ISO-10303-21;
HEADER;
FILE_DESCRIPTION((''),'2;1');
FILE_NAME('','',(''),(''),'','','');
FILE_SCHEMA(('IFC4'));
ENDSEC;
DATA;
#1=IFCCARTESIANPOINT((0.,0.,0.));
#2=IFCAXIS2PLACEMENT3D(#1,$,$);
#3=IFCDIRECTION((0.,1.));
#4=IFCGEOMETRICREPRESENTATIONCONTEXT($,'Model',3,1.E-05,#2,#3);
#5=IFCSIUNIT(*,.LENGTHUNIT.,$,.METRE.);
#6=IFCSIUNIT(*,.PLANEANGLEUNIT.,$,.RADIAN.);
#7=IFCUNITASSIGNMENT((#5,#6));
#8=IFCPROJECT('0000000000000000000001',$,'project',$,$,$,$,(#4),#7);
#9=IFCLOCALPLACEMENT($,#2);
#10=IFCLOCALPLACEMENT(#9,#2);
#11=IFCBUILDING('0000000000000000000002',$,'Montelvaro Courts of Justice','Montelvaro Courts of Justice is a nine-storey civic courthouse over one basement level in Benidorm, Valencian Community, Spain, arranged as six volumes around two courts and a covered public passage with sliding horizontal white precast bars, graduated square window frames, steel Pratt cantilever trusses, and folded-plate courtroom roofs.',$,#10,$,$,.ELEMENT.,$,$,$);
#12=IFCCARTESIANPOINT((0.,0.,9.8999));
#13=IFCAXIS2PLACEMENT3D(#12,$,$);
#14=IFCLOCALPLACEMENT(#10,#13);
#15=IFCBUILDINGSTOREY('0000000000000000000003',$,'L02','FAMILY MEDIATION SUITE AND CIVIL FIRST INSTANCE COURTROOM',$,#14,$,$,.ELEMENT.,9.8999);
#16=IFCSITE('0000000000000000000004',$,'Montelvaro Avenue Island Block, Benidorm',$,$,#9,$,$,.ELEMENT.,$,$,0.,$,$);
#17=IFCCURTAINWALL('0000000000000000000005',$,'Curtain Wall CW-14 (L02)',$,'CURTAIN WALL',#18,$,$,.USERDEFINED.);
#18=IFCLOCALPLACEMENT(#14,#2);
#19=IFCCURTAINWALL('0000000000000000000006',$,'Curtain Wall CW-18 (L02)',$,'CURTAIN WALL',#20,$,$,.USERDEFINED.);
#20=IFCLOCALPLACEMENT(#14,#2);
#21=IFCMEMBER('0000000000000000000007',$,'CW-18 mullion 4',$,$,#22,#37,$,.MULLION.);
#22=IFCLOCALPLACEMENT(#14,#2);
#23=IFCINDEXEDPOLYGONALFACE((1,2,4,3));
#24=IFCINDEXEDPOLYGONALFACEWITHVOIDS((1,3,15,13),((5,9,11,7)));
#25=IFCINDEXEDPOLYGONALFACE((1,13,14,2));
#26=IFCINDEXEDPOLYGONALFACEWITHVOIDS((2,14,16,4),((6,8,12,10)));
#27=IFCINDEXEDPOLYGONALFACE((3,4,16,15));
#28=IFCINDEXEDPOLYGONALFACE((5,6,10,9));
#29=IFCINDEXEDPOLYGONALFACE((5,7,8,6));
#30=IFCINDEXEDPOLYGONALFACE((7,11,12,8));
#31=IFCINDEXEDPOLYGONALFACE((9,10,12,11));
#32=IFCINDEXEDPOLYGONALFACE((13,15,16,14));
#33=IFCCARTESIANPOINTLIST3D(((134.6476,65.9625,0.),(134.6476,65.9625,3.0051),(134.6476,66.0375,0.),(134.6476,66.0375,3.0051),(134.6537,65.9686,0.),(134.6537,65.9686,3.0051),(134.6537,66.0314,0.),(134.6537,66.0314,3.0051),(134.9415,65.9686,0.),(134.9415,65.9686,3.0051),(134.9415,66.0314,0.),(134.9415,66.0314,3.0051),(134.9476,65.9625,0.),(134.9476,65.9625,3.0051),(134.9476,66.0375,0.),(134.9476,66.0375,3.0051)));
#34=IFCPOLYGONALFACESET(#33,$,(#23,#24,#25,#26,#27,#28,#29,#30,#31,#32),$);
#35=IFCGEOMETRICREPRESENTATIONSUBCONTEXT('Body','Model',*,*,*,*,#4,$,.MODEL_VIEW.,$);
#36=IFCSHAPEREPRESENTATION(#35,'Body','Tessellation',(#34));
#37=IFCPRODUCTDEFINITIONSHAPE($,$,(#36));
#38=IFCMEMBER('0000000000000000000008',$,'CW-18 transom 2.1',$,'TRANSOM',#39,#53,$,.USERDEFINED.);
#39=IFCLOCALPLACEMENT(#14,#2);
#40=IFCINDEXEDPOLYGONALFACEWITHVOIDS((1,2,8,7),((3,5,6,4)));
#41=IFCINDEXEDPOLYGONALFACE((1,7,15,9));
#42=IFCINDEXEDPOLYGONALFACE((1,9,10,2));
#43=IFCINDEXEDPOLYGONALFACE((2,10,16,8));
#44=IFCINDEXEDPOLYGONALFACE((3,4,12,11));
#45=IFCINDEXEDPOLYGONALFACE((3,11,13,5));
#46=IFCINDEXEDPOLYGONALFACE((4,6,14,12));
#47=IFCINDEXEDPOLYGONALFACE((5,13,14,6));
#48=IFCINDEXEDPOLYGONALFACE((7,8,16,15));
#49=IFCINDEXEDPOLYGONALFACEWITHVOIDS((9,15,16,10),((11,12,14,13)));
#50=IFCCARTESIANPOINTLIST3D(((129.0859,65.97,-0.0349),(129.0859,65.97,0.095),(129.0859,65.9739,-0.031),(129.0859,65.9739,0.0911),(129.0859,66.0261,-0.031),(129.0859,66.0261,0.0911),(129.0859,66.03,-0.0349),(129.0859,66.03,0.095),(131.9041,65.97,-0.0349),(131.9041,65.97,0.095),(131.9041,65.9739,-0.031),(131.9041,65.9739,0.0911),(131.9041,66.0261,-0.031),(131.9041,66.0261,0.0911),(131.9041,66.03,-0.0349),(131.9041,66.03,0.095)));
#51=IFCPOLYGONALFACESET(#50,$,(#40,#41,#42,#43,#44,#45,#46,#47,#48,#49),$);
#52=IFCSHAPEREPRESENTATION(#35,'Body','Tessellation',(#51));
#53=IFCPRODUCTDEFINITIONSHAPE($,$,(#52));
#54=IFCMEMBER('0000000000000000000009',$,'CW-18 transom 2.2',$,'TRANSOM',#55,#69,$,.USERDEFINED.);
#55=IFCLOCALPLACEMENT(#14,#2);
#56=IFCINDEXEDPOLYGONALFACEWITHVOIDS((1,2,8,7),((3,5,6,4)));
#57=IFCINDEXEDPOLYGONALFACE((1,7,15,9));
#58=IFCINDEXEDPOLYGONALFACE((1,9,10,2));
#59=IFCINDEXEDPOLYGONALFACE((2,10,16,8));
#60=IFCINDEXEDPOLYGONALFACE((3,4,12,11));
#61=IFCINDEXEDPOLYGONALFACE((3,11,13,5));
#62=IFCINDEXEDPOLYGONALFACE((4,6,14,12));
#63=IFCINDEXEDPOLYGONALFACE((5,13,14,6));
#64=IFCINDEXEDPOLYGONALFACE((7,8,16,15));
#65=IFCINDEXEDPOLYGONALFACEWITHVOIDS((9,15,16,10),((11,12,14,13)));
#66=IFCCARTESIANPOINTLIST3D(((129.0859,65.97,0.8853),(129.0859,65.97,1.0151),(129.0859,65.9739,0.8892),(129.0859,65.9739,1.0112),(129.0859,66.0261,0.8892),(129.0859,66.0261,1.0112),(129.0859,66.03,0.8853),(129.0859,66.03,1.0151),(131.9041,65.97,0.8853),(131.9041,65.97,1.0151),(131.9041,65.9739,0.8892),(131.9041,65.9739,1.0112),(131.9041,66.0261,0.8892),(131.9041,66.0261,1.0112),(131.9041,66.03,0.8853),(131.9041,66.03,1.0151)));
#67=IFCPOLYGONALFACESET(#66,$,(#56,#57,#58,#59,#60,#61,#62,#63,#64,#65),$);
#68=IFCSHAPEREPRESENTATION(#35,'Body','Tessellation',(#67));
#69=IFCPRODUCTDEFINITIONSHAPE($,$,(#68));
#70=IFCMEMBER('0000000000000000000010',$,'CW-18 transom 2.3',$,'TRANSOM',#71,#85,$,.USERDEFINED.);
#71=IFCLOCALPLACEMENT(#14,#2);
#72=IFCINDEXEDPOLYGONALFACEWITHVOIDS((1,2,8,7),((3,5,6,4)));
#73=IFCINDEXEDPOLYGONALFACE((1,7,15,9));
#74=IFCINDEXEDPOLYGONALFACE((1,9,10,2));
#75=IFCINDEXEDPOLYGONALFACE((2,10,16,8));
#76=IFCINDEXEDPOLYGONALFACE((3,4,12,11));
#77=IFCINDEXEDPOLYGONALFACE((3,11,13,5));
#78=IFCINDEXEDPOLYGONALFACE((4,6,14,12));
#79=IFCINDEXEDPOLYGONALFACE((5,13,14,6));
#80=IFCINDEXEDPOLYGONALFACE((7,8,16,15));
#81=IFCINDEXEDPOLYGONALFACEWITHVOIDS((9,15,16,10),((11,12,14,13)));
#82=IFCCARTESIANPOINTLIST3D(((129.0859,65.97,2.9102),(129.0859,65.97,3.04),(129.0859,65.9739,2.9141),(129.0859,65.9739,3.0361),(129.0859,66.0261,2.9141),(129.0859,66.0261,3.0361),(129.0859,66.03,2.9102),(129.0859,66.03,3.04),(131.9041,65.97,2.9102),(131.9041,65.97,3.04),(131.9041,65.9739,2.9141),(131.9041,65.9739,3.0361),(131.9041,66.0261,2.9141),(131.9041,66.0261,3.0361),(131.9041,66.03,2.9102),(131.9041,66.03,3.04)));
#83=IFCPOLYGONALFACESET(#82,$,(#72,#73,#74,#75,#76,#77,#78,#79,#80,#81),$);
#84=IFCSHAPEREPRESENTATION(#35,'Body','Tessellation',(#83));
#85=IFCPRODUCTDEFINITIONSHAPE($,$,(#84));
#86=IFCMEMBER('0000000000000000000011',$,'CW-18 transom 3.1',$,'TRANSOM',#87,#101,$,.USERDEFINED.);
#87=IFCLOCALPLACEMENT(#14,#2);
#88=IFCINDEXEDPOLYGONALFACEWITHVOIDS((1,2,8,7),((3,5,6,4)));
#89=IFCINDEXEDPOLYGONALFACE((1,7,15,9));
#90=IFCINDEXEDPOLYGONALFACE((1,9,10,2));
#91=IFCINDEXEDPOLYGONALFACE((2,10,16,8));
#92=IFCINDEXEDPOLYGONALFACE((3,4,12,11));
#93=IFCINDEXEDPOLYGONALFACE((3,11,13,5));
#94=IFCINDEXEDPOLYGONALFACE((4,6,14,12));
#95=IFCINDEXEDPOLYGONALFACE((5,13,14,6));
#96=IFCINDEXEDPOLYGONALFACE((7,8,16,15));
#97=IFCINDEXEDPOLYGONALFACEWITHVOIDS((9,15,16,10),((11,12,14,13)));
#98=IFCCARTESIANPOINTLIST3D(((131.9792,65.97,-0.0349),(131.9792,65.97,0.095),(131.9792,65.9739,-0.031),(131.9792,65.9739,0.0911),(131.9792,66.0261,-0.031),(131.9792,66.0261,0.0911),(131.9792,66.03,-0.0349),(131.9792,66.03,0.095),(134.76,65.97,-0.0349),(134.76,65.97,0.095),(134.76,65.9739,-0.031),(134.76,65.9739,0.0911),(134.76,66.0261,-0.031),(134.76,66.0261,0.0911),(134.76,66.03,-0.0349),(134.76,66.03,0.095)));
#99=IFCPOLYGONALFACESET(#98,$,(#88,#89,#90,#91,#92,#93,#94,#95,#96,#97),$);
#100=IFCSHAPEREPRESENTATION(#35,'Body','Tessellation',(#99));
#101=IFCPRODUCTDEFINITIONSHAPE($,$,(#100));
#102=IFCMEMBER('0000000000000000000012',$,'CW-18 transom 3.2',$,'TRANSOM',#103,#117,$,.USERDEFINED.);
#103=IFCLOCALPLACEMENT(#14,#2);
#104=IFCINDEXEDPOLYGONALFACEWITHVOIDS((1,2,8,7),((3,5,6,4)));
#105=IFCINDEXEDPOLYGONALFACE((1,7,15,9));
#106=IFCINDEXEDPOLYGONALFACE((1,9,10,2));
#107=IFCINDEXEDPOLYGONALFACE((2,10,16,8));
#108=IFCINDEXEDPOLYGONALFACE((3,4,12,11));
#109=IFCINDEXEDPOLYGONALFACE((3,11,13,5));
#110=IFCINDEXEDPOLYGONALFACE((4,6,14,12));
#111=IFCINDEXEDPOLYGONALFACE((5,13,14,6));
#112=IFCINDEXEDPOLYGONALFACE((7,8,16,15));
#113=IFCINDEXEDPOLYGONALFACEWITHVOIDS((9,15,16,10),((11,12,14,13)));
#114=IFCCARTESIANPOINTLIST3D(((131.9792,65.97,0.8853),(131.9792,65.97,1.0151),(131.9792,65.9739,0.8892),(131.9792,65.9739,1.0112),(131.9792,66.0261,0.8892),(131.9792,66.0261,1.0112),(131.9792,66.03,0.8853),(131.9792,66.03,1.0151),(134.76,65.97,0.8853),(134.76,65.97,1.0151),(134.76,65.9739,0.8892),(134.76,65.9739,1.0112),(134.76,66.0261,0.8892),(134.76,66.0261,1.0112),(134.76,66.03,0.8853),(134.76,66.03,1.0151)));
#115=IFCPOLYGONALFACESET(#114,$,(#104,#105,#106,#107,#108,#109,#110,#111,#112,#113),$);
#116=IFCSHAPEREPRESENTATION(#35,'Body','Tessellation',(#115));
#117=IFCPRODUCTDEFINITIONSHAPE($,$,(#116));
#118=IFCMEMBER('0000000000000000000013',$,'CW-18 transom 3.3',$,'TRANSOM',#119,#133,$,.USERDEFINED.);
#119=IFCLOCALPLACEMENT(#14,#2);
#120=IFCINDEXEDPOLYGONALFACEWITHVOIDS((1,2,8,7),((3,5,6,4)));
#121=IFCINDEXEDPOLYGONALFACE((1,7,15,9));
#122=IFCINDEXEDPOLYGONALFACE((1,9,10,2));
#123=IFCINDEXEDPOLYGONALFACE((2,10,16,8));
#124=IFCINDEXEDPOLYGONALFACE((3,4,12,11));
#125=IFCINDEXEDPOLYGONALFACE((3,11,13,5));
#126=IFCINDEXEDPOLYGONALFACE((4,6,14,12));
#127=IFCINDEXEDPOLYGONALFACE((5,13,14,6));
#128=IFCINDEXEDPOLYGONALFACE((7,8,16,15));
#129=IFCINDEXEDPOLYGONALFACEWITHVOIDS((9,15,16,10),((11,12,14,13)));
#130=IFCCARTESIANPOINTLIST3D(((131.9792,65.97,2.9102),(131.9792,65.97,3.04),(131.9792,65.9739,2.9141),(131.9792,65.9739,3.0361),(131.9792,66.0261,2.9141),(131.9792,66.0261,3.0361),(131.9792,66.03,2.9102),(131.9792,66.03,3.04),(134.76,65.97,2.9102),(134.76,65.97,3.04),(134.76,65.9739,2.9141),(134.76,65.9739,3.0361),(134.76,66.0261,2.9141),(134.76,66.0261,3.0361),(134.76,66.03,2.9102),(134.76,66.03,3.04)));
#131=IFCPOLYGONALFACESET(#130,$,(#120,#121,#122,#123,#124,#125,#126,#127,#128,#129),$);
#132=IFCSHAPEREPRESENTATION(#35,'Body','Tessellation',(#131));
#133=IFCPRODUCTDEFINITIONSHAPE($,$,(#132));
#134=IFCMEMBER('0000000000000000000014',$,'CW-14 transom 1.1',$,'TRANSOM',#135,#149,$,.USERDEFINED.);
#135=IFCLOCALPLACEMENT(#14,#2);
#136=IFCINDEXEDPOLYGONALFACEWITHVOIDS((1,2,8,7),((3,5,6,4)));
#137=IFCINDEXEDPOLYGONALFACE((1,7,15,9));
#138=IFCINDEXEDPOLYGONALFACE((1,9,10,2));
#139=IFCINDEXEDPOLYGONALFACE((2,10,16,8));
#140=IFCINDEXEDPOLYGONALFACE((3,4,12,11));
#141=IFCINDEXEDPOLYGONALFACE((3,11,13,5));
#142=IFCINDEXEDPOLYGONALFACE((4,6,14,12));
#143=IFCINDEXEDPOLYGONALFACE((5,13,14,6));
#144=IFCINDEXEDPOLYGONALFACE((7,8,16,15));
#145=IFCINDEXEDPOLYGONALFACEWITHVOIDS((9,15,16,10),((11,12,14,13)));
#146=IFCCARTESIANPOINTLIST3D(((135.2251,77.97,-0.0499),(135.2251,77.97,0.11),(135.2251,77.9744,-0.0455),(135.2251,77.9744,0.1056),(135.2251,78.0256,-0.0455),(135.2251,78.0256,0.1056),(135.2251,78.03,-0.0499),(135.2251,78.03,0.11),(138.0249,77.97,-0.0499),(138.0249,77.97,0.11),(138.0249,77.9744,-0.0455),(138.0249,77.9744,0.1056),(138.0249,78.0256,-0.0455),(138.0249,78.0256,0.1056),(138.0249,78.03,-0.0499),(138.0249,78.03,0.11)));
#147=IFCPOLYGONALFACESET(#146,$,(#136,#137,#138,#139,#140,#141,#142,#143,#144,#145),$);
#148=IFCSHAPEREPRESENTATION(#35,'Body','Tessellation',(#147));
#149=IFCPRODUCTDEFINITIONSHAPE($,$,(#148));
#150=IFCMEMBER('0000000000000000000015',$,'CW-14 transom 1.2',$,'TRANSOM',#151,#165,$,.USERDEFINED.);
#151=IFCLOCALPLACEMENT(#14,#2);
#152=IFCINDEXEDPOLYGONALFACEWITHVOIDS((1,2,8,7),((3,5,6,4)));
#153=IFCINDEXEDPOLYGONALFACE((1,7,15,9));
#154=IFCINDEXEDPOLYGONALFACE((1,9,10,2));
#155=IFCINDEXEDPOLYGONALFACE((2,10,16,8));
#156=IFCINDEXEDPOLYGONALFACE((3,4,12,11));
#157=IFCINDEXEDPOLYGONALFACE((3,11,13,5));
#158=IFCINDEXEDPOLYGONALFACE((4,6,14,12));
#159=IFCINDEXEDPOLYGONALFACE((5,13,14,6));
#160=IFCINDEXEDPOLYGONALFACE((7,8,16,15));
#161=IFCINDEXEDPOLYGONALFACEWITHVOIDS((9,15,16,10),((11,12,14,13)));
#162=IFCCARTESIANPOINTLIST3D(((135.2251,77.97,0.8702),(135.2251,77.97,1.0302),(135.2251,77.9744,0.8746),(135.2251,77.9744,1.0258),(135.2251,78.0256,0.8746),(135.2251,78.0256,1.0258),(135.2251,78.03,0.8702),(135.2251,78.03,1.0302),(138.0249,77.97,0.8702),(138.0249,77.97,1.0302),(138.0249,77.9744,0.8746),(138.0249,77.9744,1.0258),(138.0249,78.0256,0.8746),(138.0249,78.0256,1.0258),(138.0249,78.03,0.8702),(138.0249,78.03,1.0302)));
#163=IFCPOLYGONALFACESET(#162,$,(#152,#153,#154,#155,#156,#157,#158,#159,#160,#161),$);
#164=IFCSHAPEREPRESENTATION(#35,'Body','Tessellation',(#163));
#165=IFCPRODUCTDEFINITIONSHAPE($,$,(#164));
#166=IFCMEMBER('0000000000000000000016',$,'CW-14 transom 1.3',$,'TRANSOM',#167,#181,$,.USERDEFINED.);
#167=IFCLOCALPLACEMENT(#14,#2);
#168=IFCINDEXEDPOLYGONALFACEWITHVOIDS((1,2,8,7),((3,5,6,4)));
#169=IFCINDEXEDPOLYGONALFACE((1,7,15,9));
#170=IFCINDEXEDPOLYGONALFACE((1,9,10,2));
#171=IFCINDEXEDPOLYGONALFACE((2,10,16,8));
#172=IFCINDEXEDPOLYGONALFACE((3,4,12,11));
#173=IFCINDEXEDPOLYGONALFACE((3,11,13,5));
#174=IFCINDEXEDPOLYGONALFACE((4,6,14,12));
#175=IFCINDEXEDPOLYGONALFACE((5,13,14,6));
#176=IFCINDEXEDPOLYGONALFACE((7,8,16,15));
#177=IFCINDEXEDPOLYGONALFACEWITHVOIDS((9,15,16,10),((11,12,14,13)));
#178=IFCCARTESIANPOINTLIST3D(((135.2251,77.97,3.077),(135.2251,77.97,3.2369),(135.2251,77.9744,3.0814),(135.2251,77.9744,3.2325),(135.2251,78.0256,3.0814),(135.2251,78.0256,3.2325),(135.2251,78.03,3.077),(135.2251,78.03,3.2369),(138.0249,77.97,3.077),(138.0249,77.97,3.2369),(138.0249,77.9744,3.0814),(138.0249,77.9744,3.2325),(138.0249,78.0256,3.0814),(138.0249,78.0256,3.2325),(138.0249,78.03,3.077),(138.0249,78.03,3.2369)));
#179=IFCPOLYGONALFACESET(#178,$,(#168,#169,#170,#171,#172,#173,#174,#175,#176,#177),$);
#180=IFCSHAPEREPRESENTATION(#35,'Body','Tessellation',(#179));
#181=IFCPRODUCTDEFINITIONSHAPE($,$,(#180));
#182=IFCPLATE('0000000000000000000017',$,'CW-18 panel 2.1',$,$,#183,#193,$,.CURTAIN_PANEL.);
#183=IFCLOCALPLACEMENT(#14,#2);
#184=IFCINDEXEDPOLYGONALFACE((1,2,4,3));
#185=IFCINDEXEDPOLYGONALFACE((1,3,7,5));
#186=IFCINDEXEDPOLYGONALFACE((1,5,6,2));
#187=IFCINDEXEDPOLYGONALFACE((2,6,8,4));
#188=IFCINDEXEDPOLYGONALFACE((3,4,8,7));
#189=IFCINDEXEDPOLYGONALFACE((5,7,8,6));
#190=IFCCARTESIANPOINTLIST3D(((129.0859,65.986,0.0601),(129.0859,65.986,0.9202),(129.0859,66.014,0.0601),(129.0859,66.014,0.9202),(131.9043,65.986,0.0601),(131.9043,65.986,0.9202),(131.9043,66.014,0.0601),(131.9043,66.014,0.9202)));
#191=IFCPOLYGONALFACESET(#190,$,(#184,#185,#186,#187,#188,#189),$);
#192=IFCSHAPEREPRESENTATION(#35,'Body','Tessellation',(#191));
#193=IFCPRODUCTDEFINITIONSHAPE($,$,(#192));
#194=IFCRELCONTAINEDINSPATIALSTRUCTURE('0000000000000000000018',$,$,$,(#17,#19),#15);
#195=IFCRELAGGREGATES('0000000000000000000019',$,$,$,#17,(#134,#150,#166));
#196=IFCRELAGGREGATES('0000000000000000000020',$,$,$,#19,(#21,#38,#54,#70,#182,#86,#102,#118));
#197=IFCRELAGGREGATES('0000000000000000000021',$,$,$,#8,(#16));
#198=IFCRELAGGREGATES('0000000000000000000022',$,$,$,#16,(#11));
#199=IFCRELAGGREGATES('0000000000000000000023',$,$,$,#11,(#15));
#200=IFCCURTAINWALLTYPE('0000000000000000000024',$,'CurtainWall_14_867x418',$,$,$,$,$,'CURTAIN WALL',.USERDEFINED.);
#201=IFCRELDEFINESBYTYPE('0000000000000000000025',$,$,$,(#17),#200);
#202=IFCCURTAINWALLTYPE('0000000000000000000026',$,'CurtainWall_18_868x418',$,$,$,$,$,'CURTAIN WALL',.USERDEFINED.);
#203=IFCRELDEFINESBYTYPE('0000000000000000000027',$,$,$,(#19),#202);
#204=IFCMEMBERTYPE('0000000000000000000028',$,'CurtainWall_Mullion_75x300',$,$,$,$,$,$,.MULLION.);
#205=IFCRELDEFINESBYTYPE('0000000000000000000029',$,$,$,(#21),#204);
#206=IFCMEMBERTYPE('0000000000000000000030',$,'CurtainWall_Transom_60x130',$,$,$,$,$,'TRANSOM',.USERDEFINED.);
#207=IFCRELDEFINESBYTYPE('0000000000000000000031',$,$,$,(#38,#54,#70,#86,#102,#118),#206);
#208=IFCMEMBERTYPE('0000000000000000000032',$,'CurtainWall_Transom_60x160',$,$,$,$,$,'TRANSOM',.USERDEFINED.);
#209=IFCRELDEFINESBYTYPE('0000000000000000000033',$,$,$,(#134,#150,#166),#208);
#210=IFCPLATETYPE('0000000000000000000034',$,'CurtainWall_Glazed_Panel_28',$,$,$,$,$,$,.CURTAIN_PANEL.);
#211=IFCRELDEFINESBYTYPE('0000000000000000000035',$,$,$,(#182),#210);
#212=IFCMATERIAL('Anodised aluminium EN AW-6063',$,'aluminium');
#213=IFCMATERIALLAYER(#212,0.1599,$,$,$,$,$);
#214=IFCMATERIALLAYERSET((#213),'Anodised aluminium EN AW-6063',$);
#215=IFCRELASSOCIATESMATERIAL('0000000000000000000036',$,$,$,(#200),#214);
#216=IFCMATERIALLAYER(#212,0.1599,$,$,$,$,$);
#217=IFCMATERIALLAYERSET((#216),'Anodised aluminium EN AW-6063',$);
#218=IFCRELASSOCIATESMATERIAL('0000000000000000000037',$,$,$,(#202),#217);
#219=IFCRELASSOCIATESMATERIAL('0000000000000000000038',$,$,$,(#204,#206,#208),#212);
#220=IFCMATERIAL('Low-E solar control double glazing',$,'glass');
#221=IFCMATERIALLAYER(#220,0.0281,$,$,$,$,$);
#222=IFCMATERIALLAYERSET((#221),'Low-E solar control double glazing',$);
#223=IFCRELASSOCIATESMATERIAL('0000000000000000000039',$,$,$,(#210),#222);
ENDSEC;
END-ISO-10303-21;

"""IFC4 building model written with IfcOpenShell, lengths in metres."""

from ifc_helpers import new_model, si_unit, direction, frame, origin, origin_2d, place, context, subcontext, project, spatial, rectangle, hollow_rectangle, extrude, material, layer, layer_set, material_profile, profile_set, type_object, element, aggregate, save


model = new_model("IFC4")

# Units and contexts
model_context = context("Model", 3, precision=1e-05, world=origin(), true_north=direction((0.0, 1.0)))
body_context = subcontext(model_context, "Body", "Model", "MODEL_VIEW")
ifc_project = project(units=[si_unit("LENGTHUNIT", "METRE"), si_unit("PLANEANGLEUNIT", "RADIAN")], contexts=[model_context])

# Site, building, storey
site_placement = place(None, origin())
site = spatial("IfcSite", under=ifc_project, at=site_placement, Name="Montelvaro Avenue Island Block, Benidorm", CompositionType="ELEMENT", RefElevation=0.0)
building_placement = place(site_placement, origin())
building = spatial("IfcBuilding", under=site, at=building_placement, Name="Montelvaro Courts of Justice", Description="Montelvaro Courts of Justice is a nine-storey civic courthouse over one basement level in Benidorm, Valencian Community, Spain, arranged as six volumes around two courts and a covered public passage with sliding horizontal white precast bars, graduated square window frames, steel Pratt cantilever trusses, and folded-plate courtroom roofs.", CompositionType="ELEMENT")
storey_placement = place(building_placement, frame((0.0, 0.0, 9.8999)))
storey = spatial("IfcBuildingStorey", under=building, at=storey_placement, Name="L02", Description="FAMILY MEDIATION SUITE AND CIVIL FIRST INSTANCE COURTROOM", CompositionType="ELEMENT", Elevation=9.8999)

# Curtain wall
ifc_material_1 = material(Name="Anodised aluminium EN AW-6063", Category="aluminium")
ifc_layer_1 = layer(ifc_material_1, 0.1599)
ifc_layer_set_1 = layer_set([ifc_layer_1], Name="Anodised aluminium EN AW-6063")
curtain_wall_type_1 = type_object("IfcCurtainWallType", Name="CurtainWall_14_867x418", ElementType="CURTAIN WALL", PredefinedType="USERDEFINED", material=ifc_layer_set_1)
curtain_wall_1_placement = place(storey_placement, origin())
curtain_wall_1 = element("IfcCurtainWall", 1, at=curtain_wall_1_placement, inside=storey, type_object=curtain_wall_type_1, Name="Curtain Wall CW-14 (L02)", ObjectType="CURTAIN WALL", PredefinedType="USERDEFINED")

# Curtain wall, members
ifc_layer_2 = layer(ifc_material_1, 0.1599)
ifc_layer_set_2 = layer_set([ifc_layer_2], Name="Anodised aluminium EN AW-6063")
curtain_wall_type_2 = type_object("IfcCurtainWallType", Name="CurtainWall_18_868x418", ElementType="CURTAIN WALL", PredefinedType="USERDEFINED", material=ifc_layer_set_2)
curtain_wall_2_placement = place(storey_placement, origin())
curtain_wall_2 = element("IfcCurtainWall", 2, at=curtain_wall_2_placement, inside=storey, type_object=curtain_wall_type_2, Name="Curtain Wall CW-18 (L02)", ObjectType="CURTAIN WALL", PredefinedType="USERDEFINED")
ifc_material_profile_1 = material_profile(ifc_material_1, hollow_rectangle(XDim=0.075, YDim=0.3, WallThickness=0.0061, at=origin_2d()), Name="ALU-M 75x300")
ifc_profile_set_1 = profile_set([ifc_material_profile_1], Name="Anodised aluminium EN AW-6063")
member_type_1 = type_object("IfcMemberType", Name="CurtainWall_Mullion_75x300", PredefinedType="MULLION", material=ifc_profile_set_1)
member_1_placement = place(storey_placement, frame((134.7976, 66.0, 0.0), z_axis=(0.0, 0.0, 1.0), x_axis=(0.0, 1.0, 0.0)))
member_1 = element("IfcMember", 3, at=member_1_placement, type_object=member_type_1, Name="CW-18 mullion 4", PredefinedType="MULLION", context=body_context, shape_type="SweptSolid", body=[
    extrude(hollow_rectangle(XDim=0.075, YDim=0.3, WallThickness=0.0061, at=origin_2d()), origin(), (0.0, 0.0, 1.0), 3.0051),
])
ifc_material_profile_2 = material_profile(ifc_material_1, hollow_rectangle(XDim=0.0601, YDim=0.1299, WallThickness=0.0039, at=origin_2d()), Name="ALU-T 60x130")
ifc_profile_set_2 = profile_set([ifc_material_profile_2], Name="Anodised aluminium EN AW-6063")
member_type_2 = type_object("IfcMemberType", Name="CurtainWall_Transom_60x130", ElementType="TRANSOM", PredefinedType="USERDEFINED", material=ifc_profile_set_2)
member_2_placement = place(storey_placement, frame((129.0859, 66.0, 0.03), z_axis=(1.0, 0.0, 0.0), x_axis=(0.0, 1.0, 0.0)))
member_2 = element("IfcMember", 4, at=member_2_placement, type_object=member_type_2, Name="CW-18 transom 2.1", ObjectType="TRANSOM", PredefinedType="USERDEFINED", context=body_context, shape_type="SweptSolid", body=[
    extrude(hollow_rectangle(XDim=0.0601, YDim=0.1299, WallThickness=0.0039, at=origin_2d()), origin(), (0.0, 0.0, 1.0), 2.8181),
])
member_3_placement = place(storey_placement, frame((129.0859, 66.0, 0.9502), z_axis=(1.0, 0.0, 0.0), x_axis=(0.0, 1.0, 0.0)))
member_3 = element("IfcMember", 5, at=member_3_placement, type_object=member_type_2, Name="CW-18 transom 2.2", ObjectType="TRANSOM", PredefinedType="USERDEFINED", context=body_context, shape_type="SweptSolid", body=[
    extrude(hollow_rectangle(XDim=0.0601, YDim=0.1299, WallThickness=0.0039, at=origin_2d()), origin(), (0.0, 0.0, 1.0), 2.8181),
])
member_4_placement = place(storey_placement, frame((129.0859, 66.0, 2.9751), z_axis=(1.0, 0.0, 0.0), x_axis=(0.0, 1.0, 0.0)))
member_4 = element("IfcMember", 6, at=member_4_placement, type_object=member_type_2, Name="CW-18 transom 2.3", ObjectType="TRANSOM", PredefinedType="USERDEFINED", context=body_context, shape_type="SweptSolid", body=[
    extrude(hollow_rectangle(XDim=0.0601, YDim=0.1299, WallThickness=0.0039, at=origin_2d()), origin(), (0.0, 0.0, 1.0), 2.8181),
])
member_5_placement = place(storey_placement, frame((131.9792, 66.0, 0.03), z_axis=(1.0, 0.0, 0.0), x_axis=(0.0, 1.0, 0.0)))
member_5 = element("IfcMember", 7, at=member_5_placement, type_object=member_type_2, Name="CW-18 transom 3.1", ObjectType="TRANSOM", PredefinedType="USERDEFINED", context=body_context, shape_type="SweptSolid", body=[
    extrude(hollow_rectangle(XDim=0.0601, YDim=0.1299, WallThickness=0.0039, at=origin_2d()), origin(), (0.0, 0.0, 1.0), 2.7808),
])
member_6_placement = place(storey_placement, frame((131.9792, 66.0, 0.9502), z_axis=(1.0, 0.0, 0.0), x_axis=(0.0, 1.0, 0.0)))
member_6 = element("IfcMember", 8, at=member_6_placement, type_object=member_type_2, Name="CW-18 transom 3.2", ObjectType="TRANSOM", PredefinedType="USERDEFINED", context=body_context, shape_type="SweptSolid", body=[
    extrude(hollow_rectangle(XDim=0.0601, YDim=0.1299, WallThickness=0.0039, at=origin_2d()), origin(), (0.0, 0.0, 1.0), 2.7808),
])
member_7_placement = place(storey_placement, frame((131.9792, 66.0, 2.9751), z_axis=(1.0, 0.0, 0.0), x_axis=(0.0, 1.0, 0.0)))
member_7 = element("IfcMember", 9, at=member_7_placement, type_object=member_type_2, Name="CW-18 transom 3.3", ObjectType="TRANSOM", PredefinedType="USERDEFINED", context=body_context, shape_type="SweptSolid", body=[
    extrude(hollow_rectangle(XDim=0.0601, YDim=0.1299, WallThickness=0.0039, at=origin_2d()), origin(), (0.0, 0.0, 1.0), 2.7808),
])

# Members
ifc_material_profile_3 = material_profile(ifc_material_1, hollow_rectangle(XDim=0.0601, YDim=0.1599, WallThickness=0.0044, at=origin_2d()), Name="ALU-T 60x160")
ifc_profile_set_3 = profile_set([ifc_material_profile_3], Name="Anodised aluminium EN AW-6063")
member_type_3 = type_object("IfcMemberType", Name="CurtainWall_Transom_60x160", ElementType="TRANSOM", PredefinedType="USERDEFINED", material=ifc_profile_set_3)
member_8_placement = place(storey_placement, frame((135.2251, 78.0, 0.03), z_axis=(1.0, 0.0, 0.0), x_axis=(0.0, 1.0, 0.0)))
member_8 = element("IfcMember", 10, at=member_8_placement, type_object=member_type_3, Name="CW-14 transom 1.1", ObjectType="TRANSOM", PredefinedType="USERDEFINED", context=body_context, shape_type="SweptSolid", body=[
    extrude(hollow_rectangle(XDim=0.0601, YDim=0.1599, WallThickness=0.0044, at=origin_2d()), origin(), (0.0, 0.0, 1.0), 2.7998),
])
member_9_placement = place(storey_placement, frame((135.2251, 78.0, 0.9502), z_axis=(1.0, 0.0, 0.0), x_axis=(0.0, 1.0, 0.0)))
member_9 = element("IfcMember", 11, at=member_9_placement, type_object=member_type_3, Name="CW-14 transom 1.2", ObjectType="TRANSOM", PredefinedType="USERDEFINED", context=body_context, shape_type="SweptSolid", body=[
    extrude(hollow_rectangle(XDim=0.0601, YDim=0.1599, WallThickness=0.0044, at=origin_2d()), origin(), (0.0, 0.0, 1.0), 2.7998),
])
member_10_placement = place(storey_placement, frame((135.2251, 78.0, 3.157), z_axis=(1.0, 0.0, 0.0), x_axis=(0.0, 1.0, 0.0)))
member_10 = element("IfcMember", 12, at=member_10_placement, type_object=member_type_3, Name="CW-14 transom 1.3", ObjectType="TRANSOM", PredefinedType="USERDEFINED", context=body_context, shape_type="SweptSolid", body=[
    extrude(hollow_rectangle(XDim=0.0601, YDim=0.1599, WallThickness=0.0044, at=origin_2d()), origin(), (0.0, 0.0, 1.0), 2.7998),
])
aggregate(curtain_wall_1, [member_8, member_9, member_10])

# Plate
ifc_material_2 = material(Name="Low-E solar control double glazing", Category="glass")
ifc_layer_3 = layer(ifc_material_2, 0.0281)
ifc_layer_set_3 = layer_set([ifc_layer_3], Name="Low-E solar control double glazing")
plate_type_1 = type_object("IfcPlateType", Name="CurtainWall_Glazed_Panel_28", PredefinedType="CURTAIN_PANEL", material=ifc_layer_set_3)
plate_1_placement = place(storey_placement, frame((130.4951, 66.0, 0.0601), z_axis=(0.0, 0.0, 1.0), x_axis=(1.0, 0.0, 0.0)))
plate_1 = element("IfcPlate", 13, at=plate_1_placement, type_object=plate_type_1, Name="CW-18 panel 2.1", PredefinedType="CURTAIN_PANEL", context=body_context, shape_type="SweptSolid", body=[
    extrude(rectangle(XDim=2.8184, YDim=0.0281, at=origin_2d()), origin(), (0.0, 0.0, 1.0), 0.8601),
])
aggregate(curtain_wall_2, [member_1, member_2, member_3, member_4, plate_1, member_5, member_6, member_7])

save(model, "model.ifc")
